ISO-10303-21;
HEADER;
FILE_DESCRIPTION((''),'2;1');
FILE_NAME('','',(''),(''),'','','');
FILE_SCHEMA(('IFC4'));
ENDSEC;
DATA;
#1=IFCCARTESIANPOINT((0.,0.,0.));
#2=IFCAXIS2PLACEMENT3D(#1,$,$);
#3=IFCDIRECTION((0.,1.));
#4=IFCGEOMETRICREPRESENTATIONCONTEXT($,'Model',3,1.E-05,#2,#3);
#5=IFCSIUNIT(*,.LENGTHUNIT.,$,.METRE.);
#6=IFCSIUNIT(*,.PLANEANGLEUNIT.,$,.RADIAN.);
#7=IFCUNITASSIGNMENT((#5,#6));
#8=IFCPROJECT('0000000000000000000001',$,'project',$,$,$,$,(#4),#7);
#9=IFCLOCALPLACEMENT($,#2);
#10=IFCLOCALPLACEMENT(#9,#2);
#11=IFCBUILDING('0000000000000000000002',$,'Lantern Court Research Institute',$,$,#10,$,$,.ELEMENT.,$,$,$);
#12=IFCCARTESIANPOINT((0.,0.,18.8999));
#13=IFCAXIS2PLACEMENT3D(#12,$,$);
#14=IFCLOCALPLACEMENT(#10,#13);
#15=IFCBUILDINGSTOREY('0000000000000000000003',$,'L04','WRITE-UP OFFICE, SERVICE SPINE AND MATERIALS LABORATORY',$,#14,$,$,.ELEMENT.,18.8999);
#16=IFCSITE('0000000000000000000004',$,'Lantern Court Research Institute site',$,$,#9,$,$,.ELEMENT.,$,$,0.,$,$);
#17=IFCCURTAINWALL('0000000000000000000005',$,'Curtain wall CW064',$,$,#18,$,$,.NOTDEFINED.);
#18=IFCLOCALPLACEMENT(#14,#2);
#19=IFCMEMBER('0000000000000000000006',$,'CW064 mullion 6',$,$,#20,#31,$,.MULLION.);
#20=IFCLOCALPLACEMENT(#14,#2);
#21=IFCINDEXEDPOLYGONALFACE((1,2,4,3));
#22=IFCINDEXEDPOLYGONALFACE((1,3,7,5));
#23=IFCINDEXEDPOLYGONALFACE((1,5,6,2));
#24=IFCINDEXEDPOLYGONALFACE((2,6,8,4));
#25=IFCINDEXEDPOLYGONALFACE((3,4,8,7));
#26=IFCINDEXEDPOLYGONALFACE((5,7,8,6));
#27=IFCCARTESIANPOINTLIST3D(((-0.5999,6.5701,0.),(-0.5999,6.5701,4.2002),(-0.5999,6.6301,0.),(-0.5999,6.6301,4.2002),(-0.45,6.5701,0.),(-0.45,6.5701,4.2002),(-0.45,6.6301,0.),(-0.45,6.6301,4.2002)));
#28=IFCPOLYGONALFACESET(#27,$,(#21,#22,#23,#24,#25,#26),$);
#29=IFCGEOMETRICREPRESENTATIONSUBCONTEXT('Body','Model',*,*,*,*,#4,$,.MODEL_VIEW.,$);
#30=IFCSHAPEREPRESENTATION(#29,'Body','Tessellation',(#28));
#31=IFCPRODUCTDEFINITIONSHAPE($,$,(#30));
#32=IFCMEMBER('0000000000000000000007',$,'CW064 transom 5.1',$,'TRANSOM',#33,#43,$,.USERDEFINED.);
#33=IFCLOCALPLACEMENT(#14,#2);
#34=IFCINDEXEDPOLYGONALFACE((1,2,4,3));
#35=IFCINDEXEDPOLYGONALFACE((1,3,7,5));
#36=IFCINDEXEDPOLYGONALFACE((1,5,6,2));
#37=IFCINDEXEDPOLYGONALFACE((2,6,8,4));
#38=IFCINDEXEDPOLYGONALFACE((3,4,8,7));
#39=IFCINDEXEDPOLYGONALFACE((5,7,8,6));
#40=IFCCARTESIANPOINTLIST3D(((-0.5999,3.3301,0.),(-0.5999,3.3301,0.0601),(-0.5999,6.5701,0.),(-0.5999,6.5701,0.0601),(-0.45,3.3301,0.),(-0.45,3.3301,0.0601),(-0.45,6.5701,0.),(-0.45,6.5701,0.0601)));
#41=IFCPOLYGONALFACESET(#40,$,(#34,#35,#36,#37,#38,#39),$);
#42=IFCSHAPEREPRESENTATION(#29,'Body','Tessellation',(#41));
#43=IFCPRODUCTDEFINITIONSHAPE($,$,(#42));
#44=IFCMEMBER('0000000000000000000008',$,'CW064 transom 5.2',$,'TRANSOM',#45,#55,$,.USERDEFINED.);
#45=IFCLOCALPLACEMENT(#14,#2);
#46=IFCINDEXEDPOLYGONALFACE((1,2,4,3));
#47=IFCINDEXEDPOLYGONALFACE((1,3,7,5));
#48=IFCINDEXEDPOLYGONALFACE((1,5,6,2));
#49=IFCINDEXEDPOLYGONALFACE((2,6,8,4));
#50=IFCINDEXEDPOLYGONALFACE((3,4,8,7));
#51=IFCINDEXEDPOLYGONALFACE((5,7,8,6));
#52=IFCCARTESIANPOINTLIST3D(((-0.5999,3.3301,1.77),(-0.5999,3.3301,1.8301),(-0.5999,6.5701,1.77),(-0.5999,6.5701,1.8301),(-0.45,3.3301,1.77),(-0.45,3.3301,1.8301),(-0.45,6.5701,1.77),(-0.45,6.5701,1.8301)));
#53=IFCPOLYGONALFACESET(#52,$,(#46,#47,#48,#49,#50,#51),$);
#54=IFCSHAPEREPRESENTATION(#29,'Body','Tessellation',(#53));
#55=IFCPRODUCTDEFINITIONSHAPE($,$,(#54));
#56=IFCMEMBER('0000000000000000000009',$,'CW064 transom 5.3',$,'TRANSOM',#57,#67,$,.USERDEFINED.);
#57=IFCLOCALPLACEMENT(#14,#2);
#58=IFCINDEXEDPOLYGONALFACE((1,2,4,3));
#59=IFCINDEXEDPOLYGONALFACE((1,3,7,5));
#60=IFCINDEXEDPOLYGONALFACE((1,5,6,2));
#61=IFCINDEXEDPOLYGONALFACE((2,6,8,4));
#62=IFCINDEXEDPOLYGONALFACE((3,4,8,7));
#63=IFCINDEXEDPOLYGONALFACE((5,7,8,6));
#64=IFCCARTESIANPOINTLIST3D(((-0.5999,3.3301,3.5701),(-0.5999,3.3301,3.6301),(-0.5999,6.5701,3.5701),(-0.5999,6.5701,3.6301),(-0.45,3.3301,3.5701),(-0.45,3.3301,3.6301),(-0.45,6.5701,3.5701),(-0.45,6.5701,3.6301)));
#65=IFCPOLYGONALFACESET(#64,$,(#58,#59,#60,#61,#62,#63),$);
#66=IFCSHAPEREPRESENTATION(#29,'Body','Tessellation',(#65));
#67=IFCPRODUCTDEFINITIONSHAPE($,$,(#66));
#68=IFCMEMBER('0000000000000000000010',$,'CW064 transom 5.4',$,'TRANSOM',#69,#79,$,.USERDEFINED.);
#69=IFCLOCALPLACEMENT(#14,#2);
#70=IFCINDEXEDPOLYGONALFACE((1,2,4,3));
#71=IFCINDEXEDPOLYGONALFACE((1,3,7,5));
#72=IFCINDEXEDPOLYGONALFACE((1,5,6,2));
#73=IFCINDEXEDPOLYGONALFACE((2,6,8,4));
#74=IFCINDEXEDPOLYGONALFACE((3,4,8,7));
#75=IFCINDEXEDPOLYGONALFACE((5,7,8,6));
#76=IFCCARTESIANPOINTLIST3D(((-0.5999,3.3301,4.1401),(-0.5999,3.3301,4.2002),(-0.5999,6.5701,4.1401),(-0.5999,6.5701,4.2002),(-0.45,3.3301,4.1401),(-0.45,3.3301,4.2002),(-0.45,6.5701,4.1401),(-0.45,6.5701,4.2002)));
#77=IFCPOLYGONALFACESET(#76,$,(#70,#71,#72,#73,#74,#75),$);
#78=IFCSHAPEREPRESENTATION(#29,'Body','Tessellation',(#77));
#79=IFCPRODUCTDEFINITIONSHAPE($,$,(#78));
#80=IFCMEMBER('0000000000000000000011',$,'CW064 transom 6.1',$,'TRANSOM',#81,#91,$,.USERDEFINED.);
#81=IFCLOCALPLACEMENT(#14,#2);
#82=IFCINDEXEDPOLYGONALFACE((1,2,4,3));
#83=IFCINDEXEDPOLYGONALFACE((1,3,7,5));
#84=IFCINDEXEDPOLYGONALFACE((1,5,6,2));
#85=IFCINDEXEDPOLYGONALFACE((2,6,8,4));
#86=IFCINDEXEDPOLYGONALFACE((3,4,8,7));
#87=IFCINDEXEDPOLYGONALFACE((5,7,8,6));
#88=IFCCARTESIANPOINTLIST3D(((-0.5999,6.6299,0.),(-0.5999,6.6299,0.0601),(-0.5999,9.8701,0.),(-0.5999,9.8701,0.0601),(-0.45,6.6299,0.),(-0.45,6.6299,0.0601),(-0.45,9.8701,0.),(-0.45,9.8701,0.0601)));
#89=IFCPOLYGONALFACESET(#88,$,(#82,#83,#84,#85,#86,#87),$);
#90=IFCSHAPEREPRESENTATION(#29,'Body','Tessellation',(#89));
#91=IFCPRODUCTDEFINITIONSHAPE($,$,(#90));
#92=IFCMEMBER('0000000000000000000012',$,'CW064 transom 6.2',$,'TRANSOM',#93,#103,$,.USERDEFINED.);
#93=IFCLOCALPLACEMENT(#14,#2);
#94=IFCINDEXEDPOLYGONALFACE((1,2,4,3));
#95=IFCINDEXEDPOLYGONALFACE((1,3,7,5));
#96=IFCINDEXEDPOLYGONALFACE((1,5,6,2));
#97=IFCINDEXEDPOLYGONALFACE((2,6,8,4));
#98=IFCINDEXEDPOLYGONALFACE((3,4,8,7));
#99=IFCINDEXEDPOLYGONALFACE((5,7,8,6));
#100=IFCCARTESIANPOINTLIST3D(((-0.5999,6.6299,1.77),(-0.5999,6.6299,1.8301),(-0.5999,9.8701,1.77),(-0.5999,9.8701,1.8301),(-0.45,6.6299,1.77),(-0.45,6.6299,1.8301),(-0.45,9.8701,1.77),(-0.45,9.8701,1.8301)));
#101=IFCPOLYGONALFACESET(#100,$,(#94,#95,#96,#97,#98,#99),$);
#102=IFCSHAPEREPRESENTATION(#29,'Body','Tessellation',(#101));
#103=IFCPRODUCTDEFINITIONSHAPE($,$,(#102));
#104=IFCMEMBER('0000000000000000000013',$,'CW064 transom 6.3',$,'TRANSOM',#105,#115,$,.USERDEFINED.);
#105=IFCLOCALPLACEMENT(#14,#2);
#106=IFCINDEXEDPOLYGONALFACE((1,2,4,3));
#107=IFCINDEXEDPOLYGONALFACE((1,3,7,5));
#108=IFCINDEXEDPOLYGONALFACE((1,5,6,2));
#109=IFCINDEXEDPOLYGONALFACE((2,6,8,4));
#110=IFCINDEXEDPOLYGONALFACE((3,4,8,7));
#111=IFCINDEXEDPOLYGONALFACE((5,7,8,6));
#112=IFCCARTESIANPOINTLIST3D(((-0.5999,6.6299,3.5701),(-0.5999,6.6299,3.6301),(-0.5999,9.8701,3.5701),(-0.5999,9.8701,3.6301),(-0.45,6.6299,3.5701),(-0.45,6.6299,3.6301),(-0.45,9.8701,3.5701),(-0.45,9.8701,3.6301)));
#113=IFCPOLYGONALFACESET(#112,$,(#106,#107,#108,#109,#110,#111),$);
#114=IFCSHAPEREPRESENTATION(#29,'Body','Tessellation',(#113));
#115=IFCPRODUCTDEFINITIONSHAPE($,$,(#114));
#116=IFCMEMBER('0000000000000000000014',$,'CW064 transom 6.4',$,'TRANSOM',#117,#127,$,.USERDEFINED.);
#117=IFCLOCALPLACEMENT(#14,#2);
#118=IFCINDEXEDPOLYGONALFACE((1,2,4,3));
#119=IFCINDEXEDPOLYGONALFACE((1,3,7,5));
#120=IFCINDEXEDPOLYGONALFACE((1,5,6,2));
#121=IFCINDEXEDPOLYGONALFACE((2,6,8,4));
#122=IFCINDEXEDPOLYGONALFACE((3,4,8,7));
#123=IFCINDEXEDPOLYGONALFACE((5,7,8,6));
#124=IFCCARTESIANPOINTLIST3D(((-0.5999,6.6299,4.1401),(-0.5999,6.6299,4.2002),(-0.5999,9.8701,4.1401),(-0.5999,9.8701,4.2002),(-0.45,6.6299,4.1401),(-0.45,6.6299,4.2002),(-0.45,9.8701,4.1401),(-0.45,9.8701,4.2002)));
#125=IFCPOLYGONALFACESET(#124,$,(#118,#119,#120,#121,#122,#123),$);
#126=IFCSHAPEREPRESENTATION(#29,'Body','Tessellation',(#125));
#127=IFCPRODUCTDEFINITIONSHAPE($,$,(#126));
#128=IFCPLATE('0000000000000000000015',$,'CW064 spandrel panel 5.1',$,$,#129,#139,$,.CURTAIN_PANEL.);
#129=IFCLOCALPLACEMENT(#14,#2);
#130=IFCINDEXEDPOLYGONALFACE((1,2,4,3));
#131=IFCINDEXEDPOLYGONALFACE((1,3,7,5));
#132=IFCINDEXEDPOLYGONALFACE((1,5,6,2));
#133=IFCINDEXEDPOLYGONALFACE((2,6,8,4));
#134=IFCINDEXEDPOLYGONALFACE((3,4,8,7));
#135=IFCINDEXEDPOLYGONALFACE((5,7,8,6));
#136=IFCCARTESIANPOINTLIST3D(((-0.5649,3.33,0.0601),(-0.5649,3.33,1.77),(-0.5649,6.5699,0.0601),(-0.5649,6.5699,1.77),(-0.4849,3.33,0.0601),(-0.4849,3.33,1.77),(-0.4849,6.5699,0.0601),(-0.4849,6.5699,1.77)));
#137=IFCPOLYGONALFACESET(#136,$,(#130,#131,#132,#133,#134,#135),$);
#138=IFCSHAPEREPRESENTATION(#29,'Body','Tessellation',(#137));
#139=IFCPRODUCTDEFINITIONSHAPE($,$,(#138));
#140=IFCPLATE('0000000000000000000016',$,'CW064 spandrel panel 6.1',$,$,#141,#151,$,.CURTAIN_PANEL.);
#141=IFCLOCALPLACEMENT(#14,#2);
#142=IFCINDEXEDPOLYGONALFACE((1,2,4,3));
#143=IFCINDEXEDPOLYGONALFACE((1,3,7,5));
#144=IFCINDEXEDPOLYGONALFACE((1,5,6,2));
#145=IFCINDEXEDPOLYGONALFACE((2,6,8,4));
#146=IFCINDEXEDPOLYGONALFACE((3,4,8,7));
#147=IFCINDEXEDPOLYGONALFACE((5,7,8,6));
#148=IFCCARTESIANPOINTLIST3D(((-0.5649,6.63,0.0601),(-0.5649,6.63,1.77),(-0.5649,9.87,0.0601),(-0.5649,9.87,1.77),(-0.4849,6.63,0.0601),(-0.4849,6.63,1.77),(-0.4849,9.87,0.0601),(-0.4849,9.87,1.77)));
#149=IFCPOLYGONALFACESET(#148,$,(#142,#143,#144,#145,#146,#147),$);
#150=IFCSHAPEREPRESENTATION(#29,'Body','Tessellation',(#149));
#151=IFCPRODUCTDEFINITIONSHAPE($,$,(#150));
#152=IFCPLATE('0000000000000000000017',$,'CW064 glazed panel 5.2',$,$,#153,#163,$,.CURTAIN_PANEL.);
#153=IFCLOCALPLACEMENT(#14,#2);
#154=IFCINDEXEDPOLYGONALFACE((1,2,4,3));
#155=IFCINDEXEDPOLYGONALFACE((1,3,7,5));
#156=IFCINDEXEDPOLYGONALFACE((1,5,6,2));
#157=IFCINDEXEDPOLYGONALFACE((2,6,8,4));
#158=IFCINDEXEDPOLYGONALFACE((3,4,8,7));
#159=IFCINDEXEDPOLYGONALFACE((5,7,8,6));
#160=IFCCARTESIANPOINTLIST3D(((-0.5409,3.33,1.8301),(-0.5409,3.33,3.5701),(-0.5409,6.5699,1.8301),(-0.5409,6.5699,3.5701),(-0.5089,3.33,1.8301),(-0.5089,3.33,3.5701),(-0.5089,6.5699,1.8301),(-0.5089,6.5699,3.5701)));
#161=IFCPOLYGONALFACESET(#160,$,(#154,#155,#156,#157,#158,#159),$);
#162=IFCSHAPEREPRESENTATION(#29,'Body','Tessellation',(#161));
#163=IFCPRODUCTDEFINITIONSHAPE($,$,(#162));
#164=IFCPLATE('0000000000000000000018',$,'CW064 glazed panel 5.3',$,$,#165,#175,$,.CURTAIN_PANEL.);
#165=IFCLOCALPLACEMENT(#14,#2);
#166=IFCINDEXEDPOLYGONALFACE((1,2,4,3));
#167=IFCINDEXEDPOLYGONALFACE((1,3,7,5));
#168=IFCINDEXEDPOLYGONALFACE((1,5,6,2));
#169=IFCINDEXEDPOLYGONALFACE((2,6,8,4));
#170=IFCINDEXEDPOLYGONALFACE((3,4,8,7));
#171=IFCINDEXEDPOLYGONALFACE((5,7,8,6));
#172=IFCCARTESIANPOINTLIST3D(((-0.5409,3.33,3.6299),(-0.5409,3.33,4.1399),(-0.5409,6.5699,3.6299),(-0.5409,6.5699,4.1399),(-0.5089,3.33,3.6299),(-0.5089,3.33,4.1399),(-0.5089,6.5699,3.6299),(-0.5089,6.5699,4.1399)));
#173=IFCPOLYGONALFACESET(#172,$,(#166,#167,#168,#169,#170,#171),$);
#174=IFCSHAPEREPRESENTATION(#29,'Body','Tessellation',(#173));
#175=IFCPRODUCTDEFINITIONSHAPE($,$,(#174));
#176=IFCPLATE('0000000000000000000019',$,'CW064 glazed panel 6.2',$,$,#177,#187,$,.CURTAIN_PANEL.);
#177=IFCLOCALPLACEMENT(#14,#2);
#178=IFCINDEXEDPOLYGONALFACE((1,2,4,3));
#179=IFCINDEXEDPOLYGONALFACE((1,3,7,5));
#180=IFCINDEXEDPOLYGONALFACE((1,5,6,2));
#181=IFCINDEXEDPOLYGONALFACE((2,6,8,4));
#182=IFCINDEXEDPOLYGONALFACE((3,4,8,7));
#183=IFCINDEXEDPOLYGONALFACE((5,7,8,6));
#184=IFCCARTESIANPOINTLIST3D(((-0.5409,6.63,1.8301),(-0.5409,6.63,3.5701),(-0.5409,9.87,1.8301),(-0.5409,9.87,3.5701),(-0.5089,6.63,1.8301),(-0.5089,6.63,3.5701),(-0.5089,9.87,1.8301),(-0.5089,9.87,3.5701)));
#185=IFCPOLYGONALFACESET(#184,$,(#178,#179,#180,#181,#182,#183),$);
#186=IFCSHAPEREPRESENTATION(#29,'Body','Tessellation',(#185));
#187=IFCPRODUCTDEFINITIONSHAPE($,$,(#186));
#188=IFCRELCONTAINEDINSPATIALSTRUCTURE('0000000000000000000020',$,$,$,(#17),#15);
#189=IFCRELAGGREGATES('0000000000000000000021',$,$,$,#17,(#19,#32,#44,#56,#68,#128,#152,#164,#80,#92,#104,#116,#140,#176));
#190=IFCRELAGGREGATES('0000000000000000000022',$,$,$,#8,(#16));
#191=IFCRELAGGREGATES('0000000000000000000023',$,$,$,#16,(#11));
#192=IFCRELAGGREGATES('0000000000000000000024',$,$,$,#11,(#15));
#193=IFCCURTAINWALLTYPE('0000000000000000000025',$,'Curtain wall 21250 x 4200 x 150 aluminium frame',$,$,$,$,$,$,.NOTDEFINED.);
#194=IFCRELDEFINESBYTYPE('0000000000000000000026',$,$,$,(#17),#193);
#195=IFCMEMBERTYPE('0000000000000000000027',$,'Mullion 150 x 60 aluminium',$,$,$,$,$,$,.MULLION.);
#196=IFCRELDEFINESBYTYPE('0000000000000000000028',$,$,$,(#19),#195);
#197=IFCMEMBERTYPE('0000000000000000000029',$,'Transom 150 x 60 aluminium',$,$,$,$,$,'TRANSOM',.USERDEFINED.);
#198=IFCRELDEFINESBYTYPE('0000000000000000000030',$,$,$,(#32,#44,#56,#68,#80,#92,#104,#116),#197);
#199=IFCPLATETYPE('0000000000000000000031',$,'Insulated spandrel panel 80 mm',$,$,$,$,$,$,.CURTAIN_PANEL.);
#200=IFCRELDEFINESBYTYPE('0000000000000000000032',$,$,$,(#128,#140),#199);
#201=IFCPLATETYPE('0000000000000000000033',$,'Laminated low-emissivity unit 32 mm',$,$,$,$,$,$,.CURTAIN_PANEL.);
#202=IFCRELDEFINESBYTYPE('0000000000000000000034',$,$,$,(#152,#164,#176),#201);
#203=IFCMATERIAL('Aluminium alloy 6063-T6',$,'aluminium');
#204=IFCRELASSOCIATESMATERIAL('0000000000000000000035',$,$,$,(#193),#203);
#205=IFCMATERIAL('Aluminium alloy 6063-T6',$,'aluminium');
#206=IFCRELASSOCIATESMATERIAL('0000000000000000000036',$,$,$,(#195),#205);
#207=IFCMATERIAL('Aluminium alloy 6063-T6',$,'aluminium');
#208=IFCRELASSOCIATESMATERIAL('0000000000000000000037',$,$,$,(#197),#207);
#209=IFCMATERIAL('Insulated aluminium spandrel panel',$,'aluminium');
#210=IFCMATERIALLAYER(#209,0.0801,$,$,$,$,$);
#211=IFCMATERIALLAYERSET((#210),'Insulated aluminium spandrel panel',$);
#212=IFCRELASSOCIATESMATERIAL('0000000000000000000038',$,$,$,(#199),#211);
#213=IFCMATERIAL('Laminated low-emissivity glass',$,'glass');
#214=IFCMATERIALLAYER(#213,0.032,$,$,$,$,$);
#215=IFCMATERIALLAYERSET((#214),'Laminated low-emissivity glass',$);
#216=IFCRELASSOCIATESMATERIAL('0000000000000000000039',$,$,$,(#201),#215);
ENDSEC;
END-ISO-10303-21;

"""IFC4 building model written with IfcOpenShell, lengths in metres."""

from ifc_helpers import new_model, si_unit, direction, frame, origin, origin_2d, place, context, subcontext, project, spatial, rectangle, extrude, material, layer, layer_set, material_profile, profile_set, type_object, element, aggregate, save


model = new_model("IFC4")

# Units and contexts
model_context = context("Model", 3, precision=1e-05, world=origin(), true_north=direction((0.0, 1.0)))
body_context = subcontext(model_context, "Body", "Model", "MODEL_VIEW")
ifc_project = project(units=[si_unit("LENGTHUNIT", "METRE"), si_unit("PLANEANGLEUNIT", "RADIAN")], contexts=[model_context])

# Site, building, storey
site_placement = place(None, origin())
site = spatial("IfcSite", under=ifc_project, at=site_placement, Name="Lantern Court Research Institute site", CompositionType="ELEMENT", RefElevation=0.0)
building_placement = place(site_placement, origin())
building = spatial("IfcBuilding", under=site, at=building_placement, Name="Lantern Court Research Institute", CompositionType="ELEMENT")
storey_placement = place(building_placement, frame((0.0, 0.0, 18.8999)))
storey = spatial("IfcBuildingStorey", under=building, at=storey_placement, Name="L04", Description="WRITE-UP OFFICE, SERVICE SPINE AND MATERIALS LABORATORY", CompositionType="ELEMENT", Elevation=18.8999)

# Curtain wall, members, plates
ifc_material_1 = material(Name="Aluminium alloy 6063-T6", Category="aluminium")
curtain_wall_type = type_object("IfcCurtainWallType", Name="Curtain wall 21250 x 4200 x 150 aluminium frame", PredefinedType="NOTDEFINED", material=ifc_material_1)
curtain_wall_placement = place(storey_placement, origin())
curtain_wall = element("IfcCurtainWall", 1, at=curtain_wall_placement, inside=storey, type_object=curtain_wall_type, Name="Curtain wall CW064", PredefinedType="NOTDEFINED")
ifc_material_2 = material(Name="Aluminium alloy 6063-T6", Category="aluminium")
ifc_material_profile_1 = material_profile(ifc_material_2, rectangle(XDim=0.1499, YDim=0.0601, at=origin_2d()), Name="Mullion 150 x 60")
ifc_profile_set_1 = profile_set([ifc_material_profile_1], Name="Aluminium alloy 6063-T6")
member_type_1 = type_object("IfcMemberType", Name="Mullion 150 x 60 aluminium", PredefinedType="MULLION", material=ifc_profile_set_1)
member_1_placement = place(storey_placement, frame((-0.5249, 6.6001, 0.0), z_axis=(0.0, 0.0, 1.0), x_axis=(-1.0, 0.0, 0.0)))
member_1 = element("IfcMember", 2, at=member_1_placement, type_object=member_type_1, Name="CW064 mullion 6", PredefinedType="MULLION", context=body_context, shape_type="SweptSolid", body=[
    extrude(rectangle(XDim=0.1499, YDim=0.0601, at=origin_2d()), origin(), (0.0, 0.0, 1.0), 4.2002),
])
ifc_material_3 = material(Name="Aluminium alloy 6063-T6", Category="aluminium")
ifc_material_profile_2 = material_profile(ifc_material_3, rectangle(XDim=0.1499, YDim=0.0601, at=origin_2d()), Name="Transom 150 x 60")
ifc_profile_set_2 = profile_set([ifc_material_profile_2], Name="Aluminium alloy 6063-T6")
member_type_2 = type_object("IfcMemberType", Name="Transom 150 x 60 aluminium", ElementType="TRANSOM", PredefinedType="USERDEFINED", material=ifc_profile_set_2)
member_2_placement = place(storey_placement, frame((-0.5249, 3.3301, 0.03), z_axis=(0.0, 1.0, 0.0), x_axis=(-1.0, 0.0, 0.0)))
member_2 = element("IfcMember", 3, at=member_2_placement, type_object=member_type_2, Name="CW064 transom 5.1", ObjectType="TRANSOM", PredefinedType="USERDEFINED", context=body_context, shape_type="SweptSolid", body=[
    extrude(rectangle(XDim=0.1499, YDim=0.0601, at=origin_2d()), origin(), (0.0, 0.0, 1.0), 3.24),
])
member_3_placement = place(storey_placement, frame((-0.5249, 3.3301, 1.8), z_axis=(0.0, 1.0, 0.0), x_axis=(-1.0, 0.0, 0.0)))
member_3 = element("IfcMember", 4, at=member_3_placement, type_object=member_type_2, Name="CW064 transom 5.2", ObjectType="TRANSOM", PredefinedType="USERDEFINED", context=body_context, shape_type="SweptSolid", body=[
    extrude(rectangle(XDim=0.1499, YDim=0.0601, at=origin_2d()), origin(), (0.0, 0.0, 1.0), 3.24),
])
member_4_placement = place(storey_placement, frame((-0.5249, 3.3301, 3.6001), z_axis=(0.0, 1.0, 0.0), x_axis=(-1.0, 0.0, 0.0)))
member_4 = element("IfcMember", 5, at=member_4_placement, type_object=member_type_2, Name="CW064 transom 5.3", ObjectType="TRANSOM", PredefinedType="USERDEFINED", context=body_context, shape_type="SweptSolid", body=[
    extrude(rectangle(XDim=0.1499, YDim=0.0601, at=origin_2d()), origin(), (0.0, 0.0, 1.0), 3.24),
])
member_5_placement = place(storey_placement, frame((-0.5249, 3.3301, 4.1702), z_axis=(0.0, 1.0, 0.0), x_axis=(-1.0, 0.0, 0.0)))
member_5 = element("IfcMember", 6, at=member_5_placement, type_object=member_type_2, Name="CW064 transom 5.4", ObjectType="TRANSOM", PredefinedType="USERDEFINED", context=body_context, shape_type="SweptSolid", body=[
    extrude(rectangle(XDim=0.1499, YDim=0.0601, at=origin_2d()), origin(), (0.0, 0.0, 1.0), 3.24),
])
member_6_placement = place(storey_placement, frame((-0.5249, 6.6299, 0.03), z_axis=(0.0, 1.0, 0.0), x_axis=(-1.0, 0.0, 0.0)))
member_6 = element("IfcMember", 7, at=member_6_placement, type_object=member_type_2, Name="CW064 transom 6.1", ObjectType="TRANSOM", PredefinedType="USERDEFINED", context=body_context, shape_type="SweptSolid", body=[
    extrude(rectangle(XDim=0.1499, YDim=0.0601, at=origin_2d()), origin(), (0.0, 0.0, 1.0), 3.2402),
])
member_7_placement = place(storey_placement, frame((-0.5249, 6.6299, 1.8), z_axis=(0.0, 1.0, 0.0), x_axis=(-1.0, 0.0, 0.0)))
member_7 = element("IfcMember", 8, at=member_7_placement, type_object=member_type_2, Name="CW064 transom 6.2", ObjectType="TRANSOM", PredefinedType="USERDEFINED", context=body_context, shape_type="SweptSolid", body=[
    extrude(rectangle(XDim=0.1499, YDim=0.0601, at=origin_2d()), origin(), (0.0, 0.0, 1.0), 3.2402),
])
member_8_placement = place(storey_placement, frame((-0.5249, 6.6299, 3.6001), z_axis=(0.0, 1.0, 0.0), x_axis=(-1.0, 0.0, 0.0)))
member_8 = element("IfcMember", 9, at=member_8_placement, type_object=member_type_2, Name="CW064 transom 6.3", ObjectType="TRANSOM", PredefinedType="USERDEFINED", context=body_context, shape_type="SweptSolid", body=[
    extrude(rectangle(XDim=0.1499, YDim=0.0601, at=origin_2d()), origin(), (0.0, 0.0, 1.0), 3.2402),
])
member_9_placement = place(storey_placement, frame((-0.5249, 6.6299, 4.1702), z_axis=(0.0, 1.0, 0.0), x_axis=(-1.0, 0.0, 0.0)))
member_9 = element("IfcMember", 10, at=member_9_placement, type_object=member_type_2, Name="CW064 transom 6.4", ObjectType="TRANSOM", PredefinedType="USERDEFINED", context=body_context, shape_type="SweptSolid", body=[
    extrude(rectangle(XDim=0.1499, YDim=0.0601, at=origin_2d()), origin(), (0.0, 0.0, 1.0), 3.2402),
])
ifc_material_4 = material(Name="Insulated aluminium spandrel panel", Category="aluminium")
ifc_layer_1 = layer(ifc_material_4, 0.0801)
ifc_layer_set_1 = layer_set([ifc_layer_1], Name="Insulated aluminium spandrel panel")
plate_type_1 = type_object("IfcPlateType", Name="Insulated spandrel panel 80 mm", PredefinedType="CURTAIN_PANEL", material=ifc_layer_set_1)
plate_1_placement = place(storey_placement, frame((-0.5249, 4.95, 0.0601), z_axis=(0.0, 0.0, 1.0), x_axis=(0.0, 1.0, 0.0)))
plate_1 = element("IfcPlate", 11, at=plate_1_placement, type_object=plate_type_1, Name="CW064 spandrel panel 5.1", PredefinedType="CURTAIN_PANEL", context=body_context, shape_type="SweptSolid", body=[
    extrude(rectangle(XDim=3.24, YDim=0.0801, at=origin_2d()), origin(), (0.0, 0.0, 1.0), 1.71),
])
plate_2_placement = place(storey_placement, frame((-0.5249, 8.25, 0.0601), z_axis=(0.0, 0.0, 1.0), x_axis=(0.0, 1.0, 0.0)))
plate_2 = element("IfcPlate", 12, at=plate_2_placement, type_object=plate_type_1, Name="CW064 spandrel panel 6.1", PredefinedType="CURTAIN_PANEL", context=body_context, shape_type="SweptSolid", body=[
    extrude(rectangle(XDim=3.24, YDim=0.0801, at=origin_2d()), origin(), (0.0, 0.0, 1.0), 1.71),
])
ifc_material_5 = material(Name="Laminated low-emissivity glass", Category="glass")
ifc_layer_2 = layer(ifc_material_5, 0.032)
ifc_layer_set_2 = layer_set([ifc_layer_2], Name="Laminated low-emissivity glass")
plate_type_2 = type_object("IfcPlateType", Name="Laminated low-emissivity unit 32 mm", PredefinedType="CURTAIN_PANEL", material=ifc_layer_set_2)
plate_3_placement = place(storey_placement, frame((-0.5249, 4.95, 1.8301), z_axis=(0.0, 0.0, 1.0), x_axis=(0.0, 1.0, 0.0)))
plate_3 = element("IfcPlate", 13, at=plate_3_placement, type_object=plate_type_2, Name="CW064 glazed panel 5.2", PredefinedType="CURTAIN_PANEL", context=body_context, shape_type="SweptSolid", body=[
    extrude(rectangle(XDim=3.24, YDim=0.032, at=origin_2d()), origin(), (0.0, 0.0, 1.0), 1.74),
])
plate_4_placement = place(storey_placement, frame((-0.5249, 4.95, 3.6299), z_axis=(0.0, 0.0, 1.0), x_axis=(0.0, 1.0, 0.0)))
plate_4 = element("IfcPlate", 14, at=plate_4_placement, type_object=plate_type_2, Name="CW064 glazed panel 5.3", PredefinedType="CURTAIN_PANEL", context=body_context, shape_type="SweptSolid", body=[
    extrude(rectangle(XDim=3.24, YDim=0.032, at=origin_2d()), origin(), (0.0, 0.0, 1.0), 0.51),
])
plate_5_placement = place(storey_placement, frame((-0.5249, 8.25, 1.8301), z_axis=(0.0, 0.0, 1.0), x_axis=(0.0, 1.0, 0.0)))
plate_5 = element("IfcPlate", 15, at=plate_5_placement, type_object=plate_type_2, Name="CW064 glazed panel 6.2", PredefinedType="CURTAIN_PANEL", context=body_context, shape_type="SweptSolid", body=[
    extrude(rectangle(XDim=3.24, YDim=0.032, at=origin_2d()), origin(), (0.0, 0.0, 1.0), 1.74),
])
aggregate(curtain_wall, [member_1, member_2, member_3, member_4, member_5, plate_1, plate_3, plate_4, member_6, member_7, member_8, member_9, plate_2, plate_5])

save(model, "model.ifc")
